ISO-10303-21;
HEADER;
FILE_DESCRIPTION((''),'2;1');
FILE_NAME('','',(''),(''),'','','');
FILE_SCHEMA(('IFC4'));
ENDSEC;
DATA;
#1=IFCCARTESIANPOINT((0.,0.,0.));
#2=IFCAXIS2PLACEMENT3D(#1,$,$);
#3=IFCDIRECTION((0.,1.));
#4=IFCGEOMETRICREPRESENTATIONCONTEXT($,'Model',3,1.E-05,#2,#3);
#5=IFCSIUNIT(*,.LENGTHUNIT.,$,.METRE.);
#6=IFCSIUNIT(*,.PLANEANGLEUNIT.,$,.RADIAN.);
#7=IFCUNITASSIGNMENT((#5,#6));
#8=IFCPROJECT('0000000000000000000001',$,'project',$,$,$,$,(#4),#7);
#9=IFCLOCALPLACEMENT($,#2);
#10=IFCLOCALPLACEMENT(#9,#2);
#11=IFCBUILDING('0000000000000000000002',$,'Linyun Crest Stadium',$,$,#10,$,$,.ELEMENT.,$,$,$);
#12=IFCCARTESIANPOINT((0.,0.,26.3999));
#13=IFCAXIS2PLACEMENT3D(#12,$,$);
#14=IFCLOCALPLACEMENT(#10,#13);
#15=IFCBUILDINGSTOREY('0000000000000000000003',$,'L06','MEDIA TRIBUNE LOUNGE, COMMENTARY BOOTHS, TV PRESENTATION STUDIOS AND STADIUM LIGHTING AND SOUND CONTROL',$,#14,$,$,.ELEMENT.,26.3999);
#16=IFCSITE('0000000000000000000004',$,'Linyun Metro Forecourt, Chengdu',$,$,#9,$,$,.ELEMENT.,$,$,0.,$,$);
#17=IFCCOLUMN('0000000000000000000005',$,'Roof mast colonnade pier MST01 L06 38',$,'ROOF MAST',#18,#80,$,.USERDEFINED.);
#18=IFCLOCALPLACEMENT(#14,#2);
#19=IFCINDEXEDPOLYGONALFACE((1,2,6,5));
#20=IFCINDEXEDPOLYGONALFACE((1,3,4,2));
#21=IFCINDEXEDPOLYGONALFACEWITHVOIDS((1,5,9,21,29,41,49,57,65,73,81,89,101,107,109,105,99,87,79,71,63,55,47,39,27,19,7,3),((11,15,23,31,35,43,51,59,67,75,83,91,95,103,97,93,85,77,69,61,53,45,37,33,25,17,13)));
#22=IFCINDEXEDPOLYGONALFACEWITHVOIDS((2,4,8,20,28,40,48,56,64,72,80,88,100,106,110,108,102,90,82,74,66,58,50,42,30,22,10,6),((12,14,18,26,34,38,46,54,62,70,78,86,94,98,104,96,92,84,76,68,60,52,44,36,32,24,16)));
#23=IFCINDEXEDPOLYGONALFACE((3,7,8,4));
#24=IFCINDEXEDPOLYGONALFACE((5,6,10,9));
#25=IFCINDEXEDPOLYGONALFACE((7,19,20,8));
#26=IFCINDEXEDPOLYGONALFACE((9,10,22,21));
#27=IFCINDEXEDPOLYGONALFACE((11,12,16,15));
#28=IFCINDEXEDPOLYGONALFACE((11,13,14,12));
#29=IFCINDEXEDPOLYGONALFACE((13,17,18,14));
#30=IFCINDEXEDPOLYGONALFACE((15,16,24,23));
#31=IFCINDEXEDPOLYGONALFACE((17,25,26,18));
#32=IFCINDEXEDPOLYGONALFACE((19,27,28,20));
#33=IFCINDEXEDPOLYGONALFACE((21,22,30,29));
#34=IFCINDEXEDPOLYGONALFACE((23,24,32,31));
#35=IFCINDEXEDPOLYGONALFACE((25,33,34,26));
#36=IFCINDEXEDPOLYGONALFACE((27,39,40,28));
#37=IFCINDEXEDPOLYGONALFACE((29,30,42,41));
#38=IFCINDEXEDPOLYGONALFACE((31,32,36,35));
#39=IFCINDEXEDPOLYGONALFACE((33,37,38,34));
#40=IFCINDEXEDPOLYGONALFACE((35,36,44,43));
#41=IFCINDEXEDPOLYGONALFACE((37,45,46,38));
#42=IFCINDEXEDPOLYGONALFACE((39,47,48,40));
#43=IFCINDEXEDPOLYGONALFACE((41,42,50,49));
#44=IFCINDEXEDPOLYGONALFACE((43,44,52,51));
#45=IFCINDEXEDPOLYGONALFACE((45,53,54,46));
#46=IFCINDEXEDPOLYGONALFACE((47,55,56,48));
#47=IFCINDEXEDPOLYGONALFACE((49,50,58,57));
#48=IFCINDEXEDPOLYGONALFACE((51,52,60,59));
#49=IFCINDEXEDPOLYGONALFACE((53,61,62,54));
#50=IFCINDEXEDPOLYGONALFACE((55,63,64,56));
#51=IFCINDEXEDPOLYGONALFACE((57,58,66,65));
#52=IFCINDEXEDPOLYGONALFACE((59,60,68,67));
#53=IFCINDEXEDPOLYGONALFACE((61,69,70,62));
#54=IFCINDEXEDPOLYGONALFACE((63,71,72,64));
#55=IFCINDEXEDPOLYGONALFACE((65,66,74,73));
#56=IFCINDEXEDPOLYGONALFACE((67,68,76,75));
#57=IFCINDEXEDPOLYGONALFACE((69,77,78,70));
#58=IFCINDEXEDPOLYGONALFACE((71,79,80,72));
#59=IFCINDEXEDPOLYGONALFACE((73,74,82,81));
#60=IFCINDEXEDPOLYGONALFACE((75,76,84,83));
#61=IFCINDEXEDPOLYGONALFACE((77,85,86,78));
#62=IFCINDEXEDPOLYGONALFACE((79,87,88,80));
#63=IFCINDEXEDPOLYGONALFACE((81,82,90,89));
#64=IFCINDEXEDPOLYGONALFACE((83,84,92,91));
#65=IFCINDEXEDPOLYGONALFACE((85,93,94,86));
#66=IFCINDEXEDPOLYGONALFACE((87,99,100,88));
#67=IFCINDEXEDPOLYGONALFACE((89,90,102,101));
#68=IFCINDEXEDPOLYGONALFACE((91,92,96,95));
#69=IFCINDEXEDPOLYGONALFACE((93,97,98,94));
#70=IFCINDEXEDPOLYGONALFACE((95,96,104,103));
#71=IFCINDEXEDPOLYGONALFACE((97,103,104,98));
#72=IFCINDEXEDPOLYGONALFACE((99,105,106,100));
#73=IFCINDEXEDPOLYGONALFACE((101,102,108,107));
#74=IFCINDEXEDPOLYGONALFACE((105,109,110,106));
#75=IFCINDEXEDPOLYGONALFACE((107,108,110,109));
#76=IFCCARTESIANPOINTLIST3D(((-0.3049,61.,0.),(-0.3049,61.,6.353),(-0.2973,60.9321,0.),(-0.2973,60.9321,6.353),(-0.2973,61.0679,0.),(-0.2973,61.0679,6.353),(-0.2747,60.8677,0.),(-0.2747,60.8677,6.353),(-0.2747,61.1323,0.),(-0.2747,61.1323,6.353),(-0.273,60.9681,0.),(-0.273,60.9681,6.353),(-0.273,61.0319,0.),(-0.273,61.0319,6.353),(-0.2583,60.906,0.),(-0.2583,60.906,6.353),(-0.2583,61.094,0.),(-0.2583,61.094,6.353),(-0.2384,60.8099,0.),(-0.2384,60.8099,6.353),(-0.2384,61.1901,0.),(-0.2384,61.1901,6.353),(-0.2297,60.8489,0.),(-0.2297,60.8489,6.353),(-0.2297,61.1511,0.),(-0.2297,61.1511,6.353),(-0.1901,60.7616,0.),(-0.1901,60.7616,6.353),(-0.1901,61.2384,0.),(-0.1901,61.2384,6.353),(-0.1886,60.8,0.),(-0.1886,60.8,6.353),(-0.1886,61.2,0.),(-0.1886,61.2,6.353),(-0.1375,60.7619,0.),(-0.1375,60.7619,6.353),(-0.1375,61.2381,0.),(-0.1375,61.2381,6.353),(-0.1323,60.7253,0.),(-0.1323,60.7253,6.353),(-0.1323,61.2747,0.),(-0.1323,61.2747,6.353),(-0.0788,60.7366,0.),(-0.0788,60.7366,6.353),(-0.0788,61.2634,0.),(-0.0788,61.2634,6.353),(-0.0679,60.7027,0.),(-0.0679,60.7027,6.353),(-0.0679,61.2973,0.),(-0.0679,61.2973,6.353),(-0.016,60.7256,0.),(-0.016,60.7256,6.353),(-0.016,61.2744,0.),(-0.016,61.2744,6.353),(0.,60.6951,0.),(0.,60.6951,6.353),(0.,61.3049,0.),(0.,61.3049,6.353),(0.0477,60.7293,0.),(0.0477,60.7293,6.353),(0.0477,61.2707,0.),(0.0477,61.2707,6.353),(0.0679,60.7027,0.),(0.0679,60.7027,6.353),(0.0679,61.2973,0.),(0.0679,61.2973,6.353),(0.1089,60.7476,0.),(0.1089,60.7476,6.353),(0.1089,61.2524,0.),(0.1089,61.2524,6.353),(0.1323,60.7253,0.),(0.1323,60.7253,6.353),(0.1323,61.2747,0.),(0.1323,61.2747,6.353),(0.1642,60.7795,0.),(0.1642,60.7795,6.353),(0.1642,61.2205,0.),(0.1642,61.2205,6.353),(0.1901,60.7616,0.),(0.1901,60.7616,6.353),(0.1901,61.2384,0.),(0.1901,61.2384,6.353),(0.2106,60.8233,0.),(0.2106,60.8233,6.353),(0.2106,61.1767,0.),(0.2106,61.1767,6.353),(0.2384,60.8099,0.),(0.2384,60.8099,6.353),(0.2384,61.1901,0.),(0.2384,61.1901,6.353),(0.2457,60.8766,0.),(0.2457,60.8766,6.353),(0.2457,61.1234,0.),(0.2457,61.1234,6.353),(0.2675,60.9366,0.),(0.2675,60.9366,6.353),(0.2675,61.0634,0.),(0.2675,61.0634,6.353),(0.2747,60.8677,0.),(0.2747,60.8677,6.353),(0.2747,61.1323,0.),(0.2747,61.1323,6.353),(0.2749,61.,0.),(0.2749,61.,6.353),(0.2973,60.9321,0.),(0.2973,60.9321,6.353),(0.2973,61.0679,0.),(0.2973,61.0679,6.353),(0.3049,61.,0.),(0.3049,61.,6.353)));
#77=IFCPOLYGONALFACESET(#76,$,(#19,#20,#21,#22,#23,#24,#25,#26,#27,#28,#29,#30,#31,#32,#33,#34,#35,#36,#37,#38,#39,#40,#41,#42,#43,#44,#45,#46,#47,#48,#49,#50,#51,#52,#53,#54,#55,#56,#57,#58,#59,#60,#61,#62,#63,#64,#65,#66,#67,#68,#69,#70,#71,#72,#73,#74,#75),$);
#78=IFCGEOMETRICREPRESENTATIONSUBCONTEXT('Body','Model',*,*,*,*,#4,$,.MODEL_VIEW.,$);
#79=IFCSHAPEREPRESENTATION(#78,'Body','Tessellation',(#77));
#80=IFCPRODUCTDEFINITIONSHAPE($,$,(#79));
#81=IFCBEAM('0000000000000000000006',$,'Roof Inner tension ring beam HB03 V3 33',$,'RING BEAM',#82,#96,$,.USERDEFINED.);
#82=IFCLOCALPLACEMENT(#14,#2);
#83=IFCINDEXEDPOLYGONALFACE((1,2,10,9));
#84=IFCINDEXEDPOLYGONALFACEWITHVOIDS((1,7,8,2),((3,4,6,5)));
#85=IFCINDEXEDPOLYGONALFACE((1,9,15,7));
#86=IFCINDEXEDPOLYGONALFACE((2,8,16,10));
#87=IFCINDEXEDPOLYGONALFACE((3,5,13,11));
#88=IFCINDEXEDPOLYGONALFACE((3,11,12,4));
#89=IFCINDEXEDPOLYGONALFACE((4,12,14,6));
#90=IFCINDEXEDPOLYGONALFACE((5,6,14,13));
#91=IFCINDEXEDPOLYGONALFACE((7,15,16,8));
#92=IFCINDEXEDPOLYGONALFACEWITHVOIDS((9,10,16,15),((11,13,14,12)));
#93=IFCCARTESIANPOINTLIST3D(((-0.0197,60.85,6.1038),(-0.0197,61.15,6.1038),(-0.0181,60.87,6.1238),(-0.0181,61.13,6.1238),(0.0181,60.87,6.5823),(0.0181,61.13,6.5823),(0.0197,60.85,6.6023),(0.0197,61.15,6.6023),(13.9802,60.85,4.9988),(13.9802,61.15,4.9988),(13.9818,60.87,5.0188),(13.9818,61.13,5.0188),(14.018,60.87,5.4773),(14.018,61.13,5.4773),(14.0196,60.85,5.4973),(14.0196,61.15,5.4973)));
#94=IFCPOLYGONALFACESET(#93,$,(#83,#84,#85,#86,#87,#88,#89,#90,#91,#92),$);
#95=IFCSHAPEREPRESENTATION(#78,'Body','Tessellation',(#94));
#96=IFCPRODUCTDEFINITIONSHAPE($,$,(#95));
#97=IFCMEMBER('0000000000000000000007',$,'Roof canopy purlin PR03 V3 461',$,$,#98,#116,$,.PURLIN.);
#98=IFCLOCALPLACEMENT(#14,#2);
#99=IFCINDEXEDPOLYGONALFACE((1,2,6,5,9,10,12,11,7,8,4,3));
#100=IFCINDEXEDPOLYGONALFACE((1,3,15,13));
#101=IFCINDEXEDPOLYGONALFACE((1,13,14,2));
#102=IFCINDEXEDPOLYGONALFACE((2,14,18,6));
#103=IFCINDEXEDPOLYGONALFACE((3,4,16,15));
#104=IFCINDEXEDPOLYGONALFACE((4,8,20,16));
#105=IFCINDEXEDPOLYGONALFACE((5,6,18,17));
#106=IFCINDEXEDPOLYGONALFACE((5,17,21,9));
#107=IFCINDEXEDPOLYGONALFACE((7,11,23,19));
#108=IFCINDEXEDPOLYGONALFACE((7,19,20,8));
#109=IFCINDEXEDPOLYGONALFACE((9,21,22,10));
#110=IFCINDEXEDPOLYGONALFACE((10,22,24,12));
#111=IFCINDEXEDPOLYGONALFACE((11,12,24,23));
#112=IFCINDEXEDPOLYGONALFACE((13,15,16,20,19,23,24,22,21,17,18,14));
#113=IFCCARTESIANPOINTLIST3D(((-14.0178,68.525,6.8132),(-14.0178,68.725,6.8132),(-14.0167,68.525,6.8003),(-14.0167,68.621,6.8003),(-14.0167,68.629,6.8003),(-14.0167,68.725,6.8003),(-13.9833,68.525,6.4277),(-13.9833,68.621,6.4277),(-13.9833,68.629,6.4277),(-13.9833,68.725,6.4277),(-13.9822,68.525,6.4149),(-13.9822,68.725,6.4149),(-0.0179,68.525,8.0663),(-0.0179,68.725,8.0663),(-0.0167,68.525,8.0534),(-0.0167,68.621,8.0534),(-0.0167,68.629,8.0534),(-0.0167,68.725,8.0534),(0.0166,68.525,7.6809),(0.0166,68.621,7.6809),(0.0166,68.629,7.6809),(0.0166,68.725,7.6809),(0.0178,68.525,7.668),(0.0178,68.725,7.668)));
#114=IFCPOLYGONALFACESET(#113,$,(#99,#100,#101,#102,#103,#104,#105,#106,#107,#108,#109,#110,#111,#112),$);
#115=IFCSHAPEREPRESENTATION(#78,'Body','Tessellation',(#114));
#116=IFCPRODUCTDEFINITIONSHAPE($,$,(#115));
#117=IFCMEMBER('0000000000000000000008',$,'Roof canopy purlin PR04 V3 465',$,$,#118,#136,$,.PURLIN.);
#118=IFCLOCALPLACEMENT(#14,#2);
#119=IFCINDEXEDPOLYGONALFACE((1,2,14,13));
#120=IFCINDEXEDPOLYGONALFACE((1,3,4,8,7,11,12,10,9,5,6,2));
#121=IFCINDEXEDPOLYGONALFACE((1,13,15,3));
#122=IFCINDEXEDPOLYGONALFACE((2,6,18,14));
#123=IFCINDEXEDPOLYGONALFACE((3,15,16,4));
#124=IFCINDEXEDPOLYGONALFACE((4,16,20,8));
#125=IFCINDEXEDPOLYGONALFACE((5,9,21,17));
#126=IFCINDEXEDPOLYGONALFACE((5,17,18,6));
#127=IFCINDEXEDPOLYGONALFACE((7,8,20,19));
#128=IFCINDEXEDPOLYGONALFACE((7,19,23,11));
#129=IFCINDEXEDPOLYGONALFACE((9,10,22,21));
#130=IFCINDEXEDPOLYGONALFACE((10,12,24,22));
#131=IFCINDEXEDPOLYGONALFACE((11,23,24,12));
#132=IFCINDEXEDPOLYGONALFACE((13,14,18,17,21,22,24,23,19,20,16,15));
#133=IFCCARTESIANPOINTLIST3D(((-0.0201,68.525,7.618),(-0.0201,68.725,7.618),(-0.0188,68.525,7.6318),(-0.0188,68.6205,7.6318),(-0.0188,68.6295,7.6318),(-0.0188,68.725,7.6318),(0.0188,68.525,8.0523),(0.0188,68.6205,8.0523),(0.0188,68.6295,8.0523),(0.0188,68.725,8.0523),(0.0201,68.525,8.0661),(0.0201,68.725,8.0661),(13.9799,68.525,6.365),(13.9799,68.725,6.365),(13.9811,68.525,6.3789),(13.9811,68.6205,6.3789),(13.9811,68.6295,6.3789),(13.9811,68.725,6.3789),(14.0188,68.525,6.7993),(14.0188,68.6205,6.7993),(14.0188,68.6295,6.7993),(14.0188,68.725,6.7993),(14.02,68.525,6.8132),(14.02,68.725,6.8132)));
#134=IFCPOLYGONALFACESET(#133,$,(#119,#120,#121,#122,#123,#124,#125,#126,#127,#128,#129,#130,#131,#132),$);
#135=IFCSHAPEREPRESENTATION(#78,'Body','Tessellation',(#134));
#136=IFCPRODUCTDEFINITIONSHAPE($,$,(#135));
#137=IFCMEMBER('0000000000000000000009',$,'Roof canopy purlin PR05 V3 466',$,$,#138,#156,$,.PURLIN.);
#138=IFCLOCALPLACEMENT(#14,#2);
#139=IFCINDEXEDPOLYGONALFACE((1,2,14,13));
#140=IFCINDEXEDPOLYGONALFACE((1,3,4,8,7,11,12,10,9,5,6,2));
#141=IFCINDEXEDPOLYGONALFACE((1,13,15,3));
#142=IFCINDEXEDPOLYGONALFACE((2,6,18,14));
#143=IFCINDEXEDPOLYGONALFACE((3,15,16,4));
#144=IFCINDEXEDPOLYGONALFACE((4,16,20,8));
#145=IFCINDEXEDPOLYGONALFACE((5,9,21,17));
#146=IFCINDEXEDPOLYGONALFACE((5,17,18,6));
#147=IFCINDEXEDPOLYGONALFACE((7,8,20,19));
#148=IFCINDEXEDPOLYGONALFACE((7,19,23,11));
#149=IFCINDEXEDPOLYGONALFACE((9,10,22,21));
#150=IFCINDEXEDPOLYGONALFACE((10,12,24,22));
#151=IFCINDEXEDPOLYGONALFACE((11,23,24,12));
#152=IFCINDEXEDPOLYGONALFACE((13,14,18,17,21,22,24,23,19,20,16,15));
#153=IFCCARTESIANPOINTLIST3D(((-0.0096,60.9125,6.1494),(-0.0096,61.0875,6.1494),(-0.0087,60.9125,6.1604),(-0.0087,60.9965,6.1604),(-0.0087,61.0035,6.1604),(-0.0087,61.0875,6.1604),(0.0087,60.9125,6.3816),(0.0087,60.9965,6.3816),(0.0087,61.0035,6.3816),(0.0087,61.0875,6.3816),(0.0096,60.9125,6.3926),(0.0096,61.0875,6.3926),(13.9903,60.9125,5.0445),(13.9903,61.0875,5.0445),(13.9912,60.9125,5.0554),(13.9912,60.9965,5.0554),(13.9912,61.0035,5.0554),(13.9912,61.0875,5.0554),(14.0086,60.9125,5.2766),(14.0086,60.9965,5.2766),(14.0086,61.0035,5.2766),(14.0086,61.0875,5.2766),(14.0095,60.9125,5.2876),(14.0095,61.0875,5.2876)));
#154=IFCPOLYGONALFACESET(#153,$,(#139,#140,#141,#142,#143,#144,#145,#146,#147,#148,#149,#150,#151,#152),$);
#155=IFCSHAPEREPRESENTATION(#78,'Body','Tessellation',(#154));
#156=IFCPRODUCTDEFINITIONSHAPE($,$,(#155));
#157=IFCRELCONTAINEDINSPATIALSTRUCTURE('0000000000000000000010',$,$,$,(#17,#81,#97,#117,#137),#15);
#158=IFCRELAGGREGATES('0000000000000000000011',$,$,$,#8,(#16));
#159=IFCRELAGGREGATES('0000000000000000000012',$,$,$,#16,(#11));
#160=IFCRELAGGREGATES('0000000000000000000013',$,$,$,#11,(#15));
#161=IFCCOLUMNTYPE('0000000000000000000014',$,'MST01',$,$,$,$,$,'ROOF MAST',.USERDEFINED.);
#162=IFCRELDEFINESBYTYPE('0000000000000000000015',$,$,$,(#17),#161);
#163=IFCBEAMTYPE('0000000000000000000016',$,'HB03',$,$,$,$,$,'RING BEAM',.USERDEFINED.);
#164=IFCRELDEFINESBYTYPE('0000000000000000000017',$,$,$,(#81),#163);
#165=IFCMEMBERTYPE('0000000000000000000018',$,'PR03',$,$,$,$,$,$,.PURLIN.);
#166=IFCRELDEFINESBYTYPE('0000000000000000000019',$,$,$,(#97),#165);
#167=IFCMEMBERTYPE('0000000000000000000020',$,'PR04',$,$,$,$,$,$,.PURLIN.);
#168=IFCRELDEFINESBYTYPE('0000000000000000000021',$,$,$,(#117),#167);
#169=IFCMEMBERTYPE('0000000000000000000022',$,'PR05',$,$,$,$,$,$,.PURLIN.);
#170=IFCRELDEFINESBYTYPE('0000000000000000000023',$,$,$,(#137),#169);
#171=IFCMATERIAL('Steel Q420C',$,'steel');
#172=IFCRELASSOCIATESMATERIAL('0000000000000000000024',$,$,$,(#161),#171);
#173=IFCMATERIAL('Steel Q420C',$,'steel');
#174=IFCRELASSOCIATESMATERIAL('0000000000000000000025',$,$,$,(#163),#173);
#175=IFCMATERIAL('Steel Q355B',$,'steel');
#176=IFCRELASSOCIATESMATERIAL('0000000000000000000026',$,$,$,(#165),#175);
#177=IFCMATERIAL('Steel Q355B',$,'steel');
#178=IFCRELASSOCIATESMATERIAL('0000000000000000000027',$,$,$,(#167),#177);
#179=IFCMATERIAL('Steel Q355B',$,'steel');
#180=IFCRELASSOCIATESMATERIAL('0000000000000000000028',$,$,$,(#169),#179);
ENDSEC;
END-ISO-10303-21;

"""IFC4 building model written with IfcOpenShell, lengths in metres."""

from ifc_helpers import new_model, si_unit, direction, frame, origin, origin_2d, place, context, subcontext, project, spatial, hollow_rectangle, hollow_circle, i_section, extrude, material, material_profile, profile_set, type_object, element, save


model = new_model("IFC4")

# Units and contexts
model_context = context("Model", 3, precision=1e-05, world=origin(), true_north=direction((0.0, 1.0)))
body_context = subcontext(model_context, "Body", "Model", "MODEL_VIEW")
ifc_project = project(units=[si_unit("LENGTHUNIT", "METRE"), si_unit("PLANEANGLEUNIT", "RADIAN")], contexts=[model_context])

# Site, building, storey
site_placement = place(None, origin())
site = spatial("IfcSite", under=ifc_project, at=site_placement, Name="Linyun Metro Forecourt, Chengdu", CompositionType="ELEMENT", RefElevation=0.0)
building_placement = place(site_placement, origin())
building = spatial("IfcBuilding", under=site, at=building_placement, Name="Linyun Crest Stadium", CompositionType="ELEMENT")
storey_placement = place(building_placement, frame((0.0, 0.0, 26.3999)))
storey = spatial("IfcBuildingStorey", under=building, at=storey_placement, Name="L06", Description="MEDIA TRIBUNE LOUNGE, COMMENTARY BOOTHS, TV PRESENTATION STUDIOS AND STADIUM LIGHTING AND SOUND CONTROL", CompositionType="ELEMENT", Elevation=26.3999)

# Column
ifc_material_1 = material(Name="Steel Q420C", Category="steel")
ifc_material_profile_1 = material_profile(ifc_material_1, hollow_circle(Radius=0.3049, WallThickness=0.03, at=origin_2d()), Name="CHS 610x30")
ifc_profile_set_1 = profile_set([ifc_material_profile_1], Name="Steel Q420C")
column_type = type_object("IfcColumnType", Name="MST01", ElementType="ROOF MAST", PredefinedType="USERDEFINED", material=ifc_profile_set_1)
column_placement = place(storey_placement, frame((0.0, 61.0, 0.0), z_axis=(0.0, 0.0, 1.0), x_axis=(1.0, 0.0, 0.0)))
element("IfcColumn", 1, at=column_placement, inside=storey, type_object=column_type, Name="Roof mast colonnade pier MST01 L06 38", ObjectType="ROOF MAST", PredefinedType="USERDEFINED", context=body_context, shape_type="SweptSolid", body=[
    extrude(hollow_circle(Radius=0.3049, WallThickness=0.03, at=origin_2d()), origin(), (0.0, 0.0, 1.0), 6.353),
])

# Beam
ifc_material_2 = material(Name="Steel Q420C", Category="steel")
ifc_material_profile_2 = material_profile(ifc_material_2, hollow_rectangle(XDim=0.3, YDim=0.5, WallThickness=0.02, at=origin_2d()), Name="RHS 500x300x20")
ifc_profile_set_2 = profile_set([ifc_material_profile_2], Name="Steel Q420C")
beam_type = type_object("IfcBeamType", Name="HB03", ElementType="RING BEAM", PredefinedType="USERDEFINED", material=ifc_profile_set_2)
beam_placement = place(storey_placement, frame((0.0, 61.0, 6.353), z_axis=(0.9969, 0.0, -0.078682), x_axis=(0.0, 1.0, 0.0)))
element("IfcBeam", 2, at=beam_placement, inside=storey, type_object=beam_type, Name="Roof Inner tension ring beam HB03 V3 33", ObjectType="RING BEAM", PredefinedType="USERDEFINED", context=body_context, shape_type="SweptSolid", body=[
    extrude(hollow_rectangle(XDim=0.3, YDim=0.5, WallThickness=0.02, at=origin_2d()), origin(), (0.0, 0.0, 1.0), 14.0435),
])

# Members
ifc_material_3 = material(Name="Steel Q355B", Category="steel")
ifc_material_profile_3 = material_profile(ifc_material_3, i_section(OverallWidth=0.2, OverallDepth=0.3999, WebThickness=0.0081, FlangeThickness=0.0129, at=origin_2d()), Name="HN 400x200")
ifc_profile_set_3 = profile_set([ifc_material_profile_3], Name="Steel Q355B")
member_type_1 = type_object("IfcMemberType", Name="PR03", PredefinedType="PURLIN", material=ifc_profile_set_3)
member_1_placement = place(storey_placement, frame((-14.0, 68.625, 6.614), z_axis=(0.996018, 0.0, 0.089156), x_axis=(0.0, 1.0, 0.0)))
element("IfcMember", 3, at=member_1_placement, inside=storey, type_object=member_type_1, Name="Roof canopy purlin PR03 V3 461", PredefinedType="PURLIN", context=body_context, shape_type="SweptSolid", body=[
    extrude(i_section(OverallWidth=0.2, OverallDepth=0.3999, WebThickness=0.0081, FlangeThickness=0.0129, at=origin_2d()), origin(), (0.0, 0.0, 1.0), 14.0559),
])
ifc_material_4 = material(Name="Steel Q355B", Category="steel")
ifc_material_profile_4 = material_profile(ifc_material_4, i_section(OverallWidth=0.2, OverallDepth=0.45, WebThickness=0.009, FlangeThickness=0.0139, at=origin_2d()), Name="HN 450x200")
ifc_profile_set_4 = profile_set([ifc_material_profile_4], Name="Steel Q355B")
member_type_2 = type_object("IfcMemberType", Name="PR04", PredefinedType="PURLIN", material=ifc_profile_set_4)
member_2_placement = place(storey_placement, frame((0.0, 68.625, 7.842), z_axis=(0.996019, 0.0, -0.089139), x_axis=(0.0, 1.0, 0.0)))
element("IfcMember", 4, at=member_2_placement, inside=storey, type_object=member_type_2, Name="Roof canopy purlin PR04 V3 465", PredefinedType="PURLIN", context=body_context, shape_type="SweptSolid", body=[
    extrude(i_section(OverallWidth=0.2, OverallDepth=0.45, WebThickness=0.009, FlangeThickness=0.0139, at=origin_2d()), origin(), (0.0, 0.0, 1.0), 14.0559),
])
ifc_material_5 = material(Name="Steel Q355B", Category="steel")
ifc_material_profile_5 = material_profile(ifc_material_5, i_section(OverallWidth=0.175, OverallDepth=0.2439, WebThickness=0.0071, FlangeThickness=0.011, at=origin_2d()), Name="HM 244x175")
ifc_profile_set_5 = profile_set([ifc_material_profile_5], Name="Steel Q355B")
member_type_3 = type_object("IfcMemberType", Name="PR05", PredefinedType="PURLIN", material=ifc_profile_set_5)
member_3_placement = place(storey_placement, frame((0.0, 61.0, 6.271), z_axis=(0.9969, 0.0, -0.078682), x_axis=(0.0, 1.0, 0.0)))
element("IfcMember", 5, at=member_3_placement, inside=storey, type_object=member_type_3, Name="Roof canopy purlin PR05 V3 466", PredefinedType="PURLIN", context=body_context, shape_type="SweptSolid", body=[
    extrude(i_section(OverallWidth=0.175, OverallDepth=0.2439, WebThickness=0.0071, FlangeThickness=0.011, at=origin_2d()), origin(), (0.0, 0.0, 1.0), 14.0435),
])

save(model, "model.ifc")
